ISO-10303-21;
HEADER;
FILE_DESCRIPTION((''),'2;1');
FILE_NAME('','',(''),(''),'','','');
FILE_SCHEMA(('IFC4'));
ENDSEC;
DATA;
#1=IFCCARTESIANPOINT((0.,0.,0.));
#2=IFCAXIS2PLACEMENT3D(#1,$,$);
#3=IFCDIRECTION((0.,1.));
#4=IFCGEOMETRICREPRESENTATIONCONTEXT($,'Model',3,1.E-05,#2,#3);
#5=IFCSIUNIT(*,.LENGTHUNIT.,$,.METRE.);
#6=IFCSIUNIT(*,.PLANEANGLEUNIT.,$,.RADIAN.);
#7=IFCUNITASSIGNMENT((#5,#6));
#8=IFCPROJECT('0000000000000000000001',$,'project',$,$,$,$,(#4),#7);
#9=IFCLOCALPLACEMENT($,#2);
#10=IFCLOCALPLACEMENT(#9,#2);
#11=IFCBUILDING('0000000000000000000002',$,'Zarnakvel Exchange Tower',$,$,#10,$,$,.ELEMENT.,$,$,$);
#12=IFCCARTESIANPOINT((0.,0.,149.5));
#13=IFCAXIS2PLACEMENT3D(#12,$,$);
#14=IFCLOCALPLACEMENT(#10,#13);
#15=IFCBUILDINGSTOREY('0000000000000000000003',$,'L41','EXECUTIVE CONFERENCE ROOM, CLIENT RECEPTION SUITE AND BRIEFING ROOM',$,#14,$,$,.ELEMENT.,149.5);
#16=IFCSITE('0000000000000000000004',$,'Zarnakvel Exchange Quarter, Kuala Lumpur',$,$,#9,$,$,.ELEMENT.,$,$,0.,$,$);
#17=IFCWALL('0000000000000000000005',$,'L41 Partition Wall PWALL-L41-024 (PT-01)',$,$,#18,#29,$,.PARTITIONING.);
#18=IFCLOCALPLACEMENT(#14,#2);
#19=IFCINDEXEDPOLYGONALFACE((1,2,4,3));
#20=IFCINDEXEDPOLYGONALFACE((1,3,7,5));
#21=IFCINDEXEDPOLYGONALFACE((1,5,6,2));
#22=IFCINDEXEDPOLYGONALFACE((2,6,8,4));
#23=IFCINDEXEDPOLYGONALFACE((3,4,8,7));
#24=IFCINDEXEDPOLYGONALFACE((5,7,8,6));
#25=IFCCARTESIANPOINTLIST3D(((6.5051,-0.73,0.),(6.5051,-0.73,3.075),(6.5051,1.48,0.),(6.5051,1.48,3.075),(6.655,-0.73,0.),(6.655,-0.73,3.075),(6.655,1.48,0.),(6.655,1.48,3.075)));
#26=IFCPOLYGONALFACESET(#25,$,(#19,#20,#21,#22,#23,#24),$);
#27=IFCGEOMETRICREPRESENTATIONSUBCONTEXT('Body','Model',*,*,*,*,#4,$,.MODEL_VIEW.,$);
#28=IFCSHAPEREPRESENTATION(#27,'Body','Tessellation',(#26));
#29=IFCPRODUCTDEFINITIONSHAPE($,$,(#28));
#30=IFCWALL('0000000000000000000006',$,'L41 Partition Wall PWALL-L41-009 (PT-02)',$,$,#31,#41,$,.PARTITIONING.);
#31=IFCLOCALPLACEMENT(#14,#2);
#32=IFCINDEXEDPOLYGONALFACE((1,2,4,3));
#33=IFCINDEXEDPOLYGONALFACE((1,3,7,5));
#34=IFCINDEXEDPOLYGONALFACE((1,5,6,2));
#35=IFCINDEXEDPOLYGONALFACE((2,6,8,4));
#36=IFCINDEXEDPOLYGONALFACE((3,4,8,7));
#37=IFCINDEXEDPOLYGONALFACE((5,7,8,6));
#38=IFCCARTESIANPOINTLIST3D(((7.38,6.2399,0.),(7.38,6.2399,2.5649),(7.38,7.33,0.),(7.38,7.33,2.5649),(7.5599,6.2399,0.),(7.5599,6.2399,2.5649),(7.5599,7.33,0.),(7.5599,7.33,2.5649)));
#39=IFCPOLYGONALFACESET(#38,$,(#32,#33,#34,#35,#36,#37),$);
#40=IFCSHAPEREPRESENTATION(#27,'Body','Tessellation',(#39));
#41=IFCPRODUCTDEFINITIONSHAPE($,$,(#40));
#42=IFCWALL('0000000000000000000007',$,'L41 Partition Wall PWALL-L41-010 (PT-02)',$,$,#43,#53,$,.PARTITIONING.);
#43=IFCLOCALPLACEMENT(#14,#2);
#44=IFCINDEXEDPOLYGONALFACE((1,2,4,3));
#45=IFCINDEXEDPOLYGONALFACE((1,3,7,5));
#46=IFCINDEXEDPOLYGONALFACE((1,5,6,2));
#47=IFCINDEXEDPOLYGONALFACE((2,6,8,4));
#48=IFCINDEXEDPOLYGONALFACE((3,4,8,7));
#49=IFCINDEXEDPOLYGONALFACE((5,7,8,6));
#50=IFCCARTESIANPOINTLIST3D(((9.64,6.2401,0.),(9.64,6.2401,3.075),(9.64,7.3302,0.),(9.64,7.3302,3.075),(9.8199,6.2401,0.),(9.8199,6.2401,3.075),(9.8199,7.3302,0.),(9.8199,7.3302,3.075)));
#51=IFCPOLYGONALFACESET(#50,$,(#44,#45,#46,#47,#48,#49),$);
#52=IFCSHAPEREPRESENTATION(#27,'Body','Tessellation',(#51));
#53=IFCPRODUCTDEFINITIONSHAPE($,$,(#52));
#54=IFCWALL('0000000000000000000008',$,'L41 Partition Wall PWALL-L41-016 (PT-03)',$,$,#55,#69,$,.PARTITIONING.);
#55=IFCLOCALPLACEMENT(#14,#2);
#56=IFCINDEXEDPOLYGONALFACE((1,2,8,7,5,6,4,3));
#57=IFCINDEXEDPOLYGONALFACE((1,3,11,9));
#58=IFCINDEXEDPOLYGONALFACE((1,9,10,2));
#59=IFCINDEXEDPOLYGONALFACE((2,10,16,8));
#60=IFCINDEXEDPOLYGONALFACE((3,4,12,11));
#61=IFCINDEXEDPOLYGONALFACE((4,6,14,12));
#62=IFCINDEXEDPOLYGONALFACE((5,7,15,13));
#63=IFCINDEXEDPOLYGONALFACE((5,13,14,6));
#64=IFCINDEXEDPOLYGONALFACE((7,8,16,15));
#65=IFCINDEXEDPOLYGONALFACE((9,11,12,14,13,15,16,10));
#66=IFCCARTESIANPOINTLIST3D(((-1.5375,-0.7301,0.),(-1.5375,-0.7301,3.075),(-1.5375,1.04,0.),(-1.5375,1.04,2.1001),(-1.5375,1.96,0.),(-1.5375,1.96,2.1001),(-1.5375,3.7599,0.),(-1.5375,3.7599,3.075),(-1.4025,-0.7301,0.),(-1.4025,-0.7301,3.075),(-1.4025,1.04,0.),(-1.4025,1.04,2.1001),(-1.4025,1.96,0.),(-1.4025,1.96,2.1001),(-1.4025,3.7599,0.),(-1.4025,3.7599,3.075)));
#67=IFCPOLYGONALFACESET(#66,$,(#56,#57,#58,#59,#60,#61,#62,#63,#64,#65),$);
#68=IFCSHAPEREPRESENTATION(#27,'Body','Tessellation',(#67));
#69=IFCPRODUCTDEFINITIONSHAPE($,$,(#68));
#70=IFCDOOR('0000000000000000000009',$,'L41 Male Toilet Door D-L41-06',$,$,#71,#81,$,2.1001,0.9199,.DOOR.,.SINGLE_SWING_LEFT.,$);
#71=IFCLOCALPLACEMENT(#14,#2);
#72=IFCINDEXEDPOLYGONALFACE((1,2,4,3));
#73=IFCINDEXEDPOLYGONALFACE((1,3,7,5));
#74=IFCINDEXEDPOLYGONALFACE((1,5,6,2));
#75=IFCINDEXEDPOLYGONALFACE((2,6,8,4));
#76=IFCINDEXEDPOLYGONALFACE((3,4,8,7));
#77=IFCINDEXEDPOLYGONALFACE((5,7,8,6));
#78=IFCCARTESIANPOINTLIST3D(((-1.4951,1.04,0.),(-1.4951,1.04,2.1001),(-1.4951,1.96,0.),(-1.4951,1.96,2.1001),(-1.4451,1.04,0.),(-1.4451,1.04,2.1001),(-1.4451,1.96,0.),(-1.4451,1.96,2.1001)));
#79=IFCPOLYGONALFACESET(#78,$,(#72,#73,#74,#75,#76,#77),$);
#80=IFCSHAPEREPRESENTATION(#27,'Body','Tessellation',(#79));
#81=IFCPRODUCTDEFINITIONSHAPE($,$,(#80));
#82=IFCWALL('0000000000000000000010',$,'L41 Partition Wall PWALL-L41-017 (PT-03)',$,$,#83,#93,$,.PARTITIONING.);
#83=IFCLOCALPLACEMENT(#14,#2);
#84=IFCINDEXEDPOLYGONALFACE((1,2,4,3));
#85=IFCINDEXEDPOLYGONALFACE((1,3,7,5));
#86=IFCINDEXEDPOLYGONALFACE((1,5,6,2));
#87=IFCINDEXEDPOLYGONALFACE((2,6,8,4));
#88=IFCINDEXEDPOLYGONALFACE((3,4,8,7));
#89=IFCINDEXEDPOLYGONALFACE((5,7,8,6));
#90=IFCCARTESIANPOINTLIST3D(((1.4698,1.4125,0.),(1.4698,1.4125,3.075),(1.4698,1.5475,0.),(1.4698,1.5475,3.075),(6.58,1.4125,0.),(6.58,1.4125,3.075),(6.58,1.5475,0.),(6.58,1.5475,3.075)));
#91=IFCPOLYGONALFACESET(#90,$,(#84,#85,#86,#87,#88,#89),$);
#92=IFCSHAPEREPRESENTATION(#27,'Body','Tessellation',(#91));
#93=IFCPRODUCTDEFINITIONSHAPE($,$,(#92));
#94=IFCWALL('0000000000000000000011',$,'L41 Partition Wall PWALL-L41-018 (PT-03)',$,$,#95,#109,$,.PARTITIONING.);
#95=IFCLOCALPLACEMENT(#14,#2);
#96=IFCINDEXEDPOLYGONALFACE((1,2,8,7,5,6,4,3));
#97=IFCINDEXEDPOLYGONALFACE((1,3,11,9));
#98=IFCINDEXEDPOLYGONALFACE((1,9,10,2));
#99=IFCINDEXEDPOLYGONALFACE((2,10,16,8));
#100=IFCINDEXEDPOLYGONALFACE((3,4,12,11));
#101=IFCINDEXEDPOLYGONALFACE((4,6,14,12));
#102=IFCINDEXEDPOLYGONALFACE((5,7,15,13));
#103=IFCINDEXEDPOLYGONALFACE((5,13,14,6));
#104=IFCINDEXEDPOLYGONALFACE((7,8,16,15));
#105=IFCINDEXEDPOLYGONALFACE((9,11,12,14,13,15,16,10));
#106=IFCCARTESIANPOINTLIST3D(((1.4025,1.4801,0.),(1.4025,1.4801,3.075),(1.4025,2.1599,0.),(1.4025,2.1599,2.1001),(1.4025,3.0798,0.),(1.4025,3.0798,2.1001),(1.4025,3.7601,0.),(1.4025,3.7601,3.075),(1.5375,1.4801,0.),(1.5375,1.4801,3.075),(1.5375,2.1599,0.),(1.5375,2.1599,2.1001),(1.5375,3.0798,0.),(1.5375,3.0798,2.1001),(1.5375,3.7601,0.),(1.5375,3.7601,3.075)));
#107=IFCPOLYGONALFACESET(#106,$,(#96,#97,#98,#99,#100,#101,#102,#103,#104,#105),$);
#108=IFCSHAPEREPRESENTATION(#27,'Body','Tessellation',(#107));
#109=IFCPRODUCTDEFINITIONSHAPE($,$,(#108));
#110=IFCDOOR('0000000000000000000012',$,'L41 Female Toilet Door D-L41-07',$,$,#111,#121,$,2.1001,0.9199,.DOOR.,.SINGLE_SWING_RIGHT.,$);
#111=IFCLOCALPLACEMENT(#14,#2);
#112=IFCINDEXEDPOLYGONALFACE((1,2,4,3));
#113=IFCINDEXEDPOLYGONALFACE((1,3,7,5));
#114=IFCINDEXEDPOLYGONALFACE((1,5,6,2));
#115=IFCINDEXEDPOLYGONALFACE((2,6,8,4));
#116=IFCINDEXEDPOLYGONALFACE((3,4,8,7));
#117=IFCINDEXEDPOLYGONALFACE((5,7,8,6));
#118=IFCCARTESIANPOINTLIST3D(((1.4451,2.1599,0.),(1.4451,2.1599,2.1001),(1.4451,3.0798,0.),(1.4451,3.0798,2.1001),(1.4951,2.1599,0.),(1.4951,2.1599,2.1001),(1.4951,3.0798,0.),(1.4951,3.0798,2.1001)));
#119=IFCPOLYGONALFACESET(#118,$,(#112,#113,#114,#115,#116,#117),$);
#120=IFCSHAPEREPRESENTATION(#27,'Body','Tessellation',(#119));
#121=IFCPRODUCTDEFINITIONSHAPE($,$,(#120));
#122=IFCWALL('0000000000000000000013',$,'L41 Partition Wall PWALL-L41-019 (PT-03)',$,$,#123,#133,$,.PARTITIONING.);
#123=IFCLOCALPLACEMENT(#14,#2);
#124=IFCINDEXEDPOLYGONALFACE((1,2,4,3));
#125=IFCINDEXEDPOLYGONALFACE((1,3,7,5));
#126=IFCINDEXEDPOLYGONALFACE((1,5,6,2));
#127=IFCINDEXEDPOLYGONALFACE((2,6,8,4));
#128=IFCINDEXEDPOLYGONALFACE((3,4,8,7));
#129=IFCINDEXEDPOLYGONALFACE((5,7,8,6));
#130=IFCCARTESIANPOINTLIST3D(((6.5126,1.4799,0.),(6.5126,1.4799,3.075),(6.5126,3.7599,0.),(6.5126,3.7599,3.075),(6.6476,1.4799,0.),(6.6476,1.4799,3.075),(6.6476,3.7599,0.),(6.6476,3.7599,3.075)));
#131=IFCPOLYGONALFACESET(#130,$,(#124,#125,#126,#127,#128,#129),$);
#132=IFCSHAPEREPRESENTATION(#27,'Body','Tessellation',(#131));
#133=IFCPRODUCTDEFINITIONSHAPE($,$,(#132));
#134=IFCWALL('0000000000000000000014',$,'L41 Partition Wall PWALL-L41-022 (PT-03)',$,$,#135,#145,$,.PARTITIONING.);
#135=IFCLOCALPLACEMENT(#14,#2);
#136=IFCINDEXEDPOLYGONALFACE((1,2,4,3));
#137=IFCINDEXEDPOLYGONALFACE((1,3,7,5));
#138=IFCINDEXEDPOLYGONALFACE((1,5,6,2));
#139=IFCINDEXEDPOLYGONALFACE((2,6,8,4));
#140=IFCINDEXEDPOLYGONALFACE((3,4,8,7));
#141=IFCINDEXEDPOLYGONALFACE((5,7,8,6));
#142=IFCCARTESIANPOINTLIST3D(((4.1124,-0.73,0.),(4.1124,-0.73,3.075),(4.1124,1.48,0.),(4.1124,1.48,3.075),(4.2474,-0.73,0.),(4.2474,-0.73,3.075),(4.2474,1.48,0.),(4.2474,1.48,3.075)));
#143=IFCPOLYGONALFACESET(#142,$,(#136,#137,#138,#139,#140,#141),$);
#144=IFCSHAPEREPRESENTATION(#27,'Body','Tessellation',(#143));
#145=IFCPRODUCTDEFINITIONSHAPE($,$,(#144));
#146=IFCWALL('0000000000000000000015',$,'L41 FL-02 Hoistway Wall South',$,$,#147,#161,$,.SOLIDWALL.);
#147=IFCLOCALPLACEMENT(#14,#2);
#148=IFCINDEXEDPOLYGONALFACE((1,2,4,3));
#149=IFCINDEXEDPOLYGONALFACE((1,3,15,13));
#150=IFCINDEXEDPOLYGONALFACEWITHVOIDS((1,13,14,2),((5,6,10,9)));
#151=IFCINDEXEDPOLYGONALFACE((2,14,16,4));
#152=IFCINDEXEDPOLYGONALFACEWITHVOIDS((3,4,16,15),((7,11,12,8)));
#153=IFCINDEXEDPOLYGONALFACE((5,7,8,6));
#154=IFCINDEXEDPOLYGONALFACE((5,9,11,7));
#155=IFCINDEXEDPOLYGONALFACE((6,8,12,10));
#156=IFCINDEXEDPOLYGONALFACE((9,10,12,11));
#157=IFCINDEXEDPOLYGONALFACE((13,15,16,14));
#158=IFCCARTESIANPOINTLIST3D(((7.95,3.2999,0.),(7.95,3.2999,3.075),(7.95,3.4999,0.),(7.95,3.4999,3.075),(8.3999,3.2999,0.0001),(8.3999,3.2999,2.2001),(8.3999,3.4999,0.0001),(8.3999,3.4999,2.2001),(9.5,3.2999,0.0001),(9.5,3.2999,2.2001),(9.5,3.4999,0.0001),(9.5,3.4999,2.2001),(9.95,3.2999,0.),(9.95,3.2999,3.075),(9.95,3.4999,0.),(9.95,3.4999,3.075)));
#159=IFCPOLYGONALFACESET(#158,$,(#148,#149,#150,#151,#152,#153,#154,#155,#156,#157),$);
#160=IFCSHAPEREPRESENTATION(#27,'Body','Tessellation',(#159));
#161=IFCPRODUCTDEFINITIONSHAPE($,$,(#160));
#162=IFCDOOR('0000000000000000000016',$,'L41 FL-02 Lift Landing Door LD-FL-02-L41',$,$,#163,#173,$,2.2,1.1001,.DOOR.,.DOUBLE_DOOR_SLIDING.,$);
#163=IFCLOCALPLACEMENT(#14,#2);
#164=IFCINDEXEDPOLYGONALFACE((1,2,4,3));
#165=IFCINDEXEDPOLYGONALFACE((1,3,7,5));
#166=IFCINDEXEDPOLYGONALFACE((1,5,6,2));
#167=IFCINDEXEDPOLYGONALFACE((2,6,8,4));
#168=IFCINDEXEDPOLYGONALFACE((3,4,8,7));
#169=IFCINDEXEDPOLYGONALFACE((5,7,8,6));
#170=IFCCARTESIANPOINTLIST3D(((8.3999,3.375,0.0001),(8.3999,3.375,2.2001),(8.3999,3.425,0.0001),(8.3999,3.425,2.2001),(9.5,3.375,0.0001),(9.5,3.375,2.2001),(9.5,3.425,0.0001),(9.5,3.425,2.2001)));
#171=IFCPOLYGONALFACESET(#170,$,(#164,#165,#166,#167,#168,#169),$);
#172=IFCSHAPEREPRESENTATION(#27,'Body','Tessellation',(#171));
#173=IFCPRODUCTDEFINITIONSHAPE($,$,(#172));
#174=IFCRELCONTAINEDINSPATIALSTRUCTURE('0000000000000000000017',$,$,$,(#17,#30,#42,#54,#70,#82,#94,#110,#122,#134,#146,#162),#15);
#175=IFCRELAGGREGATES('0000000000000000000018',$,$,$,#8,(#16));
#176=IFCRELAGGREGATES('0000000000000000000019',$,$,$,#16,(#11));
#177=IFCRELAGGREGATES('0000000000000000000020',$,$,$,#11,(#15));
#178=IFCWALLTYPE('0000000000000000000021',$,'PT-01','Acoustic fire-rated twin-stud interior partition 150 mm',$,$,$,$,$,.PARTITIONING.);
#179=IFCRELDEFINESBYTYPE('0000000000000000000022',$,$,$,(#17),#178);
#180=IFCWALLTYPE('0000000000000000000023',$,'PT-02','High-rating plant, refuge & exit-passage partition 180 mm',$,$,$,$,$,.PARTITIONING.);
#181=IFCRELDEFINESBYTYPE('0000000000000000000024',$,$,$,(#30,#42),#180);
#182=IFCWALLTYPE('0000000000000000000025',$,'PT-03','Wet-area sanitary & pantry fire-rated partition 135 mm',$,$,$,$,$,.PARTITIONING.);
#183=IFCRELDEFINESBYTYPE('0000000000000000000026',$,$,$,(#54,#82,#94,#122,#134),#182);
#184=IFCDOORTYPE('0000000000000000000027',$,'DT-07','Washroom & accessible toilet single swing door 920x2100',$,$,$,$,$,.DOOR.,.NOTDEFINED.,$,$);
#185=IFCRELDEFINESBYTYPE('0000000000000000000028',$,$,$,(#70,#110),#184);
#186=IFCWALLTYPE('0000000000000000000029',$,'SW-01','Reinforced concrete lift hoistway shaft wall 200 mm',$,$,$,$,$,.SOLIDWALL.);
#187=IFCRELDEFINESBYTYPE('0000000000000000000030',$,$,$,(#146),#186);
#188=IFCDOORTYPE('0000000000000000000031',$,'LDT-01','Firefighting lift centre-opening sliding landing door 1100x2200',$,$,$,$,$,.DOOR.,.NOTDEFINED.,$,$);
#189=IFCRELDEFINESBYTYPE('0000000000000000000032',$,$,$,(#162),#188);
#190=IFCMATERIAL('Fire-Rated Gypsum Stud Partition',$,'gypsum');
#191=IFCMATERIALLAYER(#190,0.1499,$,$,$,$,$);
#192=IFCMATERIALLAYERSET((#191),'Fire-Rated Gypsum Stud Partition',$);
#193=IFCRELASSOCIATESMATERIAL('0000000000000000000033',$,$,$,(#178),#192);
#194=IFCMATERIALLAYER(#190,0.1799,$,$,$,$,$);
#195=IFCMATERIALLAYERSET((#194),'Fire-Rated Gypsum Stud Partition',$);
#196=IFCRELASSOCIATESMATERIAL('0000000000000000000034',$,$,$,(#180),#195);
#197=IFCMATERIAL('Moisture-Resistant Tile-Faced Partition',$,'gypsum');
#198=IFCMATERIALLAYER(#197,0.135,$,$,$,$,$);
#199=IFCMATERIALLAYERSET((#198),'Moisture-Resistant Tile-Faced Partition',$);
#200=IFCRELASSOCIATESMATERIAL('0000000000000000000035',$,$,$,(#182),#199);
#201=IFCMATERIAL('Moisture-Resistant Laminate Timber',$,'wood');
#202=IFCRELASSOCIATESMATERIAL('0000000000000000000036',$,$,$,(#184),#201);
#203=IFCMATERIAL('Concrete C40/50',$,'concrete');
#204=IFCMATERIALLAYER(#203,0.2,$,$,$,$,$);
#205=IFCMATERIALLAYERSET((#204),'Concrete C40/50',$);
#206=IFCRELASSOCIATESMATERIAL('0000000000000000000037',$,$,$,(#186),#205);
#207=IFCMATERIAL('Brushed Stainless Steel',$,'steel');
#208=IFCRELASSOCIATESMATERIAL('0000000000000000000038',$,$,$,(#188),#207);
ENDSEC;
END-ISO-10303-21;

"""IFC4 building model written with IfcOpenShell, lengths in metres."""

from ifc_helpers import new_model, si_unit, direction, frame, frame_2d, origin, place, context, subcontext, project, spatial, rectangle, extrude, source, transform, mapped, material, layer, layer_set, type_object, element, fill, save


model = new_model("IFC4")

# Units and contexts
model_context = context("Model", 3, precision=1e-05, world=origin(), true_north=direction((0.0, 1.0)))
body_context = subcontext(model_context, "Body", "Model", "MODEL_VIEW")
ifc_project = project(units=[si_unit("LENGTHUNIT", "METRE"), si_unit("PLANEANGLEUNIT", "RADIAN")], contexts=[model_context])

# Site, building, storey
site_placement = place(None, origin())
site = spatial("IfcSite", under=ifc_project, at=site_placement, Name="Zarnakvel Exchange Quarter, Kuala Lumpur", CompositionType="ELEMENT", RefElevation=0.0)
building_placement = place(site_placement, origin())
building = spatial("IfcBuilding", under=site, at=building_placement, Name="Zarnakvel Exchange Tower", CompositionType="ELEMENT")
storey_placement = place(building_placement, frame((0.0, 0.0, 149.5)))
storey = spatial("IfcBuildingStorey", under=building, at=storey_placement, Name="L41", Description="EXECUTIVE CONFERENCE ROOM, CLIENT RECEPTION SUITE AND BRIEFING ROOM", CompositionType="ELEMENT", Elevation=149.5)

# Walls
ifc_material_1 = material(Name="Fire-Rated Gypsum Stud Partition", Category="gypsum")
ifc_layer_1 = layer(ifc_material_1, 0.1499)
ifc_layer_set_1 = layer_set([ifc_layer_1], Name="Fire-Rated Gypsum Stud Partition")
wall_type_1 = type_object("IfcWallType", Name="PT-01", Description="Acoustic fire-rated twin-stud interior partition 150 mm", PredefinedType="PARTITIONING", material=ifc_layer_set_1)
wall_1_placement = place(storey_placement, frame((6.5801, 1.48, 0.0), z_axis=(0.0, 0.0, 1.0), x_axis=(0.0, -1.0, 0.0)))
element("IfcWall", 1, at=wall_1_placement, inside=storey, type_object=wall_type_1, Name="L41 Partition Wall PWALL-L41-024 (PT-01)", PredefinedType="PARTITIONING", context=body_context, shape_type="SweptSolid", body=[
    extrude(rectangle(XDim=2.21, YDim=0.1499, at=frame_2d((1.105, 0.0))), origin(), (0.0, 0.0, 1.0), 3.075),
])
ifc_layer_2 = layer(ifc_material_1, 0.1799)
ifc_layer_set_2 = layer_set([ifc_layer_2], Name="Fire-Rated Gypsum Stud Partition")
wall_type_2 = type_object("IfcWallType", Name="PT-02", Description="High-rating plant, refuge & exit-passage partition 180 mm", PredefinedType="PARTITIONING", material=ifc_layer_set_2)
wall_2_placement = place(storey_placement, frame((7.47, 6.24, 0.0), z_axis=(0.0, 0.0, 1.0), x_axis=(0.0, 1.0, 0.0)))
element("IfcWall", 2, at=wall_2_placement, inside=storey, type_object=wall_type_2, Name="L41 Partition Wall PWALL-L41-009 (PT-02)", PredefinedType="PARTITIONING", context=body_context, shape_type="SweptSolid", body=[
    extrude(rectangle(XDim=1.0901, YDim=0.1799, at=frame_2d((0.5449, 0.0))), origin(), (0.0, 0.0, 1.0), 2.5649),
])
wall_3_placement = place(storey_placement, frame((9.73, 7.3301, 0.0), z_axis=(0.0, 0.0, 1.0), x_axis=(0.0, -1.0, 0.0)))
element("IfcWall", 3, at=wall_3_placement, inside=storey, type_object=wall_type_2, Name="L41 Partition Wall PWALL-L41-010 (PT-02)", PredefinedType="PARTITIONING", context=body_context, shape_type="SweptSolid", body=[
    extrude(rectangle(XDim=1.0901, YDim=0.1799, at=frame_2d((0.5449, 0.0))), origin(), (0.0, 0.0, 1.0), 3.075),
])

# Wall, opening, door
ifc_material_2 = material(Name="Moisture-Resistant Tile-Faced Partition", Category="gypsum")
ifc_layer_3 = layer(ifc_material_2, 0.135)
ifc_layer_set_3 = layer_set([ifc_layer_3], Name="Moisture-Resistant Tile-Faced Partition")
wall_type_3 = type_object("IfcWallType", Name="PT-03", Description="Wet-area sanitary & pantry fire-rated partition 135 mm", PredefinedType="PARTITIONING", material=ifc_layer_set_3)
wall_4_placement = place(storey_placement, frame((-1.47, 3.76, 0.0), z_axis=(0.0, 0.0, 1.0), x_axis=(0.0, -1.0, 0.0)))
wall_4 = element("IfcWall", 4, at=wall_4_placement, inside=storey, type_object=wall_type_3, Name="L41 Partition Wall PWALL-L41-016 (PT-03)", PredefinedType="PARTITIONING", context=body_context, shape_type="SweptSolid", body=[
    extrude(rectangle(XDim=4.49, YDim=0.135, at=frame_2d((2.2451, 0.0))), origin(), (0.0, 0.0, 1.0), 3.075),
])
opening_1_placement = place(wall_4_placement, frame((1.8, 0.0, 0.0)))
opening_1 = element("IfcOpeningElement", 5, at=opening_1_placement, cuts=wall_4, PredefinedType="OPENING", context=body_context, shape_type="SweptSolid", body=[
    extrude(rectangle(XDim=0.9199, YDim=2.1001, at=frame_2d((0.46, 1.05))), frame((0.0, 0.0774, 0.0), z_axis=(0.0, -1.0, 0.0), x_axis=(1.0, 0.0, 0.0)), (0.0, 0.0, 1.0), 0.155),
])
ifc_material_3 = material(Name="Moisture-Resistant Laminate Timber", Category="wood")
door_type_1 = type_object("IfcDoorType", Name="DT-07", Description="Washroom & accessible toilet single swing door 920x2100", OperationType="NOTDEFINED", PredefinedType="DOOR", material=ifc_material_3)
shared_shape_1 = source(origin(), body_context, "Body", "SweptSolid", [
    extrude(rectangle(XDim=0.9199, YDim=2.1001, at=frame_2d((0.46, 1.05))), frame((0.0, 0.0249, 0.0), z_axis=(0.0, -1.0, 0.0), x_axis=(1.0, 0.0, 0.0)), (0.0, 0.0, 1.0), 0.05),
])
door_1_placement = place(opening_1_placement, origin())
door_1 = element("IfcDoor", 6, at=door_1_placement, inside=storey, type_object=door_type_1, Name="L41 Male Toilet Door D-L41-06", OperationType="SINGLE_SWING_LEFT", OverallHeight=2.1001, OverallWidth=0.9199, PredefinedType="DOOR", context=body_context, shape_type="MappedRepresentation", body=[
    mapped(shared_shape_1, transform((0.0, 0.0, 0.0), x_axis=(1.0, 0.0, 0.0), y_axis=(0.0, 1.0, 0.0), z_axis=(0.0, 0.0, 1.0), scale=1.0)),
])
fill(opening_1, door_1)

# Wall
wall_5_placement = place(storey_placement, frame((6.5801, 1.48, 0.0), z_axis=(0.0, 0.0, 1.0), x_axis=(-1.0, 0.0, 0.0)))
element("IfcWall", 7, at=wall_5_placement, inside=storey, type_object=wall_type_3, Name="L41 Partition Wall PWALL-L41-017 (PT-03)", PredefinedType="PARTITIONING", context=body_context, shape_type="SweptSolid", body=[
    extrude(rectangle(XDim=5.1101, YDim=0.135, at=frame_2d((2.5552, 0.0))), origin(), (0.0, 0.0, 1.0), 3.075),
])

# Wall, opening, door
wall_6_placement = place(storey_placement, frame((1.47, 1.48, 0.0), z_axis=(0.0, 0.0, 1.0), x_axis=(0.0, 1.0, 0.0)))
wall_6 = element("IfcWall", 8, at=wall_6_placement, inside=storey, type_object=wall_type_3, Name="L41 Partition Wall PWALL-L41-018 (PT-03)", PredefinedType="PARTITIONING", context=body_context, shape_type="SweptSolid", body=[
    extrude(rectangle(XDim=2.28, YDim=0.135, at=frame_2d((1.1401, 0.0))), origin(), (0.0, 0.0, 1.0), 3.075),
])
opening_2_placement = place(wall_6_placement, frame((0.6799, 0.0, 0.0)))
opening_2 = element("IfcOpeningElement", 9, at=opening_2_placement, cuts=wall_6, PredefinedType="OPENING", context=body_context, shape_type="SweptSolid", body=[
    extrude(rectangle(XDim=0.9199, YDim=2.1001, at=frame_2d((0.46, 1.05))), frame((0.0, 0.0774, 0.0), z_axis=(0.0, -1.0, 0.0), x_axis=(1.0, 0.0, 0.0)), (0.0, 0.0, 1.0), 0.155),
])
door_2_placement = place(opening_2_placement, origin())
door_2 = element("IfcDoor", 10, at=door_2_placement, inside=storey, type_object=door_type_1, Name="L41 Female Toilet Door D-L41-07", OperationType="SINGLE_SWING_RIGHT", OverallHeight=2.1001, OverallWidth=0.9199, PredefinedType="DOOR", context=body_context, shape_type="MappedRepresentation", body=[
    mapped(shared_shape_1, transform((0.0, 0.0, 0.0), x_axis=(1.0, 0.0, 0.0), y_axis=(0.0, 1.0, 0.0), z_axis=(0.0, 0.0, 1.0), scale=1.0)),
])
fill(opening_2, door_2)

# Walls
wall_7_placement = place(storey_placement, frame((6.5801, 3.76, 0.0), z_axis=(0.0, 0.0, 1.0), x_axis=(0.0, -1.0, 0.0)))
element("IfcWall", 11, at=wall_7_placement, inside=storey, type_object=wall_type_3, Name="L41 Partition Wall PWALL-L41-019 (PT-03)", PredefinedType="PARTITIONING", context=body_context, shape_type="SweptSolid", body=[
    extrude(rectangle(XDim=2.28, YDim=0.135, at=frame_2d((1.1401, 0.0))), origin(), (0.0, 0.0, 1.0), 3.075),
])
wall_8_placement = place(storey_placement, frame((4.1799, 1.48, 0.0), z_axis=(0.0, 0.0, 1.0), x_axis=(0.0, -1.0, 0.0)))
element("IfcWall", 12, at=wall_8_placement, inside=storey, type_object=wall_type_3, Name="L41 Partition Wall PWALL-L41-022 (PT-03)", PredefinedType="PARTITIONING", context=body_context, shape_type="SweptSolid", body=[
    extrude(rectangle(XDim=2.21, YDim=0.135, at=frame_2d((1.105, 0.0))), origin(), (0.0, 0.0, 1.0), 3.075),
])

# Wall, opening, door
ifc_material_4 = material(Name="Concrete C40/50", Category="concrete")
ifc_layer_4 = layer(ifc_material_4, 0.2)
ifc_layer_set_4 = layer_set([ifc_layer_4], Name="Concrete C40/50")
wall_type_4 = type_object("IfcWallType", Name="SW-01", Description="Reinforced concrete lift hoistway shaft wall 200 mm", PredefinedType="SOLIDWALL", material=ifc_layer_set_4)
wall_9_placement = place(storey_placement, frame((9.95, 3.3999, 0.0), z_axis=(0.0, 0.0, 1.0), x_axis=(-1.0, 0.0, 0.0)))
wall_9 = element("IfcWall", 13, at=wall_9_placement, inside=storey, type_object=wall_type_4, Name="L41 FL-02 Hoistway Wall South", PredefinedType="SOLIDWALL", context=body_context, shape_type="SweptSolid", body=[
    extrude(rectangle(XDim=2.0, YDim=0.2, at=frame_2d((1.0, 0.0))), origin(), (0.0, 0.0, 1.0), 3.075),
])
opening_3_placement = place(wall_9_placement, frame((0.45, 0.0, 0.0)))
opening_3 = element("IfcOpeningElement", 14, at=opening_3_placement, cuts=wall_9, PredefinedType="OPENING", context=body_context, shape_type="SweptSolid", body=[
    extrude(rectangle(XDim=1.1001, YDim=2.2, at=frame_2d((0.55, 1.1001))), frame((0.0, 0.1099, 0.0), z_axis=(0.0, -1.0, 0.0), x_axis=(1.0, 0.0, 0.0)), (0.0, 0.0, 1.0), 0.22),
])
ifc_material_5 = material(Name="Brushed Stainless Steel", Category="steel")
door_type_2 = type_object("IfcDoorType", Name="LDT-01", Description="Firefighting lift centre-opening sliding landing door 1100x2200", OperationType="NOTDEFINED", PredefinedType="DOOR", material=ifc_material_5)
shared_shape_2 = source(origin(), body_context, "Body", "SweptSolid", [
    extrude(rectangle(XDim=1.1001, YDim=2.2, at=frame_2d((0.55, 1.1001))), frame((0.0, 0.0249, 0.0), z_axis=(0.0, -1.0, 0.0), x_axis=(1.0, 0.0, 0.0)), (0.0, 0.0, 1.0), 0.05),
])
door_3_placement = place(opening_3_placement, origin())
door_3 = element("IfcDoor", 15, at=door_3_placement, inside=storey, type_object=door_type_2, Name="L41 FL-02 Lift Landing Door LD-FL-02-L41", OperationType="DOUBLE_DOOR_SLIDING", OverallHeight=2.2, OverallWidth=1.1001, PredefinedType="DOOR", context=body_context, shape_type="MappedRepresentation", body=[
    mapped(shared_shape_2, transform((0.0, 0.0, 0.0), x_axis=(1.0, 0.0, 0.0), y_axis=(0.0, 1.0, 0.0), z_axis=(0.0, 0.0, 1.0), scale=1.0)),
])
fill(opening_3, door_3)

save(model, "model.ifc")
